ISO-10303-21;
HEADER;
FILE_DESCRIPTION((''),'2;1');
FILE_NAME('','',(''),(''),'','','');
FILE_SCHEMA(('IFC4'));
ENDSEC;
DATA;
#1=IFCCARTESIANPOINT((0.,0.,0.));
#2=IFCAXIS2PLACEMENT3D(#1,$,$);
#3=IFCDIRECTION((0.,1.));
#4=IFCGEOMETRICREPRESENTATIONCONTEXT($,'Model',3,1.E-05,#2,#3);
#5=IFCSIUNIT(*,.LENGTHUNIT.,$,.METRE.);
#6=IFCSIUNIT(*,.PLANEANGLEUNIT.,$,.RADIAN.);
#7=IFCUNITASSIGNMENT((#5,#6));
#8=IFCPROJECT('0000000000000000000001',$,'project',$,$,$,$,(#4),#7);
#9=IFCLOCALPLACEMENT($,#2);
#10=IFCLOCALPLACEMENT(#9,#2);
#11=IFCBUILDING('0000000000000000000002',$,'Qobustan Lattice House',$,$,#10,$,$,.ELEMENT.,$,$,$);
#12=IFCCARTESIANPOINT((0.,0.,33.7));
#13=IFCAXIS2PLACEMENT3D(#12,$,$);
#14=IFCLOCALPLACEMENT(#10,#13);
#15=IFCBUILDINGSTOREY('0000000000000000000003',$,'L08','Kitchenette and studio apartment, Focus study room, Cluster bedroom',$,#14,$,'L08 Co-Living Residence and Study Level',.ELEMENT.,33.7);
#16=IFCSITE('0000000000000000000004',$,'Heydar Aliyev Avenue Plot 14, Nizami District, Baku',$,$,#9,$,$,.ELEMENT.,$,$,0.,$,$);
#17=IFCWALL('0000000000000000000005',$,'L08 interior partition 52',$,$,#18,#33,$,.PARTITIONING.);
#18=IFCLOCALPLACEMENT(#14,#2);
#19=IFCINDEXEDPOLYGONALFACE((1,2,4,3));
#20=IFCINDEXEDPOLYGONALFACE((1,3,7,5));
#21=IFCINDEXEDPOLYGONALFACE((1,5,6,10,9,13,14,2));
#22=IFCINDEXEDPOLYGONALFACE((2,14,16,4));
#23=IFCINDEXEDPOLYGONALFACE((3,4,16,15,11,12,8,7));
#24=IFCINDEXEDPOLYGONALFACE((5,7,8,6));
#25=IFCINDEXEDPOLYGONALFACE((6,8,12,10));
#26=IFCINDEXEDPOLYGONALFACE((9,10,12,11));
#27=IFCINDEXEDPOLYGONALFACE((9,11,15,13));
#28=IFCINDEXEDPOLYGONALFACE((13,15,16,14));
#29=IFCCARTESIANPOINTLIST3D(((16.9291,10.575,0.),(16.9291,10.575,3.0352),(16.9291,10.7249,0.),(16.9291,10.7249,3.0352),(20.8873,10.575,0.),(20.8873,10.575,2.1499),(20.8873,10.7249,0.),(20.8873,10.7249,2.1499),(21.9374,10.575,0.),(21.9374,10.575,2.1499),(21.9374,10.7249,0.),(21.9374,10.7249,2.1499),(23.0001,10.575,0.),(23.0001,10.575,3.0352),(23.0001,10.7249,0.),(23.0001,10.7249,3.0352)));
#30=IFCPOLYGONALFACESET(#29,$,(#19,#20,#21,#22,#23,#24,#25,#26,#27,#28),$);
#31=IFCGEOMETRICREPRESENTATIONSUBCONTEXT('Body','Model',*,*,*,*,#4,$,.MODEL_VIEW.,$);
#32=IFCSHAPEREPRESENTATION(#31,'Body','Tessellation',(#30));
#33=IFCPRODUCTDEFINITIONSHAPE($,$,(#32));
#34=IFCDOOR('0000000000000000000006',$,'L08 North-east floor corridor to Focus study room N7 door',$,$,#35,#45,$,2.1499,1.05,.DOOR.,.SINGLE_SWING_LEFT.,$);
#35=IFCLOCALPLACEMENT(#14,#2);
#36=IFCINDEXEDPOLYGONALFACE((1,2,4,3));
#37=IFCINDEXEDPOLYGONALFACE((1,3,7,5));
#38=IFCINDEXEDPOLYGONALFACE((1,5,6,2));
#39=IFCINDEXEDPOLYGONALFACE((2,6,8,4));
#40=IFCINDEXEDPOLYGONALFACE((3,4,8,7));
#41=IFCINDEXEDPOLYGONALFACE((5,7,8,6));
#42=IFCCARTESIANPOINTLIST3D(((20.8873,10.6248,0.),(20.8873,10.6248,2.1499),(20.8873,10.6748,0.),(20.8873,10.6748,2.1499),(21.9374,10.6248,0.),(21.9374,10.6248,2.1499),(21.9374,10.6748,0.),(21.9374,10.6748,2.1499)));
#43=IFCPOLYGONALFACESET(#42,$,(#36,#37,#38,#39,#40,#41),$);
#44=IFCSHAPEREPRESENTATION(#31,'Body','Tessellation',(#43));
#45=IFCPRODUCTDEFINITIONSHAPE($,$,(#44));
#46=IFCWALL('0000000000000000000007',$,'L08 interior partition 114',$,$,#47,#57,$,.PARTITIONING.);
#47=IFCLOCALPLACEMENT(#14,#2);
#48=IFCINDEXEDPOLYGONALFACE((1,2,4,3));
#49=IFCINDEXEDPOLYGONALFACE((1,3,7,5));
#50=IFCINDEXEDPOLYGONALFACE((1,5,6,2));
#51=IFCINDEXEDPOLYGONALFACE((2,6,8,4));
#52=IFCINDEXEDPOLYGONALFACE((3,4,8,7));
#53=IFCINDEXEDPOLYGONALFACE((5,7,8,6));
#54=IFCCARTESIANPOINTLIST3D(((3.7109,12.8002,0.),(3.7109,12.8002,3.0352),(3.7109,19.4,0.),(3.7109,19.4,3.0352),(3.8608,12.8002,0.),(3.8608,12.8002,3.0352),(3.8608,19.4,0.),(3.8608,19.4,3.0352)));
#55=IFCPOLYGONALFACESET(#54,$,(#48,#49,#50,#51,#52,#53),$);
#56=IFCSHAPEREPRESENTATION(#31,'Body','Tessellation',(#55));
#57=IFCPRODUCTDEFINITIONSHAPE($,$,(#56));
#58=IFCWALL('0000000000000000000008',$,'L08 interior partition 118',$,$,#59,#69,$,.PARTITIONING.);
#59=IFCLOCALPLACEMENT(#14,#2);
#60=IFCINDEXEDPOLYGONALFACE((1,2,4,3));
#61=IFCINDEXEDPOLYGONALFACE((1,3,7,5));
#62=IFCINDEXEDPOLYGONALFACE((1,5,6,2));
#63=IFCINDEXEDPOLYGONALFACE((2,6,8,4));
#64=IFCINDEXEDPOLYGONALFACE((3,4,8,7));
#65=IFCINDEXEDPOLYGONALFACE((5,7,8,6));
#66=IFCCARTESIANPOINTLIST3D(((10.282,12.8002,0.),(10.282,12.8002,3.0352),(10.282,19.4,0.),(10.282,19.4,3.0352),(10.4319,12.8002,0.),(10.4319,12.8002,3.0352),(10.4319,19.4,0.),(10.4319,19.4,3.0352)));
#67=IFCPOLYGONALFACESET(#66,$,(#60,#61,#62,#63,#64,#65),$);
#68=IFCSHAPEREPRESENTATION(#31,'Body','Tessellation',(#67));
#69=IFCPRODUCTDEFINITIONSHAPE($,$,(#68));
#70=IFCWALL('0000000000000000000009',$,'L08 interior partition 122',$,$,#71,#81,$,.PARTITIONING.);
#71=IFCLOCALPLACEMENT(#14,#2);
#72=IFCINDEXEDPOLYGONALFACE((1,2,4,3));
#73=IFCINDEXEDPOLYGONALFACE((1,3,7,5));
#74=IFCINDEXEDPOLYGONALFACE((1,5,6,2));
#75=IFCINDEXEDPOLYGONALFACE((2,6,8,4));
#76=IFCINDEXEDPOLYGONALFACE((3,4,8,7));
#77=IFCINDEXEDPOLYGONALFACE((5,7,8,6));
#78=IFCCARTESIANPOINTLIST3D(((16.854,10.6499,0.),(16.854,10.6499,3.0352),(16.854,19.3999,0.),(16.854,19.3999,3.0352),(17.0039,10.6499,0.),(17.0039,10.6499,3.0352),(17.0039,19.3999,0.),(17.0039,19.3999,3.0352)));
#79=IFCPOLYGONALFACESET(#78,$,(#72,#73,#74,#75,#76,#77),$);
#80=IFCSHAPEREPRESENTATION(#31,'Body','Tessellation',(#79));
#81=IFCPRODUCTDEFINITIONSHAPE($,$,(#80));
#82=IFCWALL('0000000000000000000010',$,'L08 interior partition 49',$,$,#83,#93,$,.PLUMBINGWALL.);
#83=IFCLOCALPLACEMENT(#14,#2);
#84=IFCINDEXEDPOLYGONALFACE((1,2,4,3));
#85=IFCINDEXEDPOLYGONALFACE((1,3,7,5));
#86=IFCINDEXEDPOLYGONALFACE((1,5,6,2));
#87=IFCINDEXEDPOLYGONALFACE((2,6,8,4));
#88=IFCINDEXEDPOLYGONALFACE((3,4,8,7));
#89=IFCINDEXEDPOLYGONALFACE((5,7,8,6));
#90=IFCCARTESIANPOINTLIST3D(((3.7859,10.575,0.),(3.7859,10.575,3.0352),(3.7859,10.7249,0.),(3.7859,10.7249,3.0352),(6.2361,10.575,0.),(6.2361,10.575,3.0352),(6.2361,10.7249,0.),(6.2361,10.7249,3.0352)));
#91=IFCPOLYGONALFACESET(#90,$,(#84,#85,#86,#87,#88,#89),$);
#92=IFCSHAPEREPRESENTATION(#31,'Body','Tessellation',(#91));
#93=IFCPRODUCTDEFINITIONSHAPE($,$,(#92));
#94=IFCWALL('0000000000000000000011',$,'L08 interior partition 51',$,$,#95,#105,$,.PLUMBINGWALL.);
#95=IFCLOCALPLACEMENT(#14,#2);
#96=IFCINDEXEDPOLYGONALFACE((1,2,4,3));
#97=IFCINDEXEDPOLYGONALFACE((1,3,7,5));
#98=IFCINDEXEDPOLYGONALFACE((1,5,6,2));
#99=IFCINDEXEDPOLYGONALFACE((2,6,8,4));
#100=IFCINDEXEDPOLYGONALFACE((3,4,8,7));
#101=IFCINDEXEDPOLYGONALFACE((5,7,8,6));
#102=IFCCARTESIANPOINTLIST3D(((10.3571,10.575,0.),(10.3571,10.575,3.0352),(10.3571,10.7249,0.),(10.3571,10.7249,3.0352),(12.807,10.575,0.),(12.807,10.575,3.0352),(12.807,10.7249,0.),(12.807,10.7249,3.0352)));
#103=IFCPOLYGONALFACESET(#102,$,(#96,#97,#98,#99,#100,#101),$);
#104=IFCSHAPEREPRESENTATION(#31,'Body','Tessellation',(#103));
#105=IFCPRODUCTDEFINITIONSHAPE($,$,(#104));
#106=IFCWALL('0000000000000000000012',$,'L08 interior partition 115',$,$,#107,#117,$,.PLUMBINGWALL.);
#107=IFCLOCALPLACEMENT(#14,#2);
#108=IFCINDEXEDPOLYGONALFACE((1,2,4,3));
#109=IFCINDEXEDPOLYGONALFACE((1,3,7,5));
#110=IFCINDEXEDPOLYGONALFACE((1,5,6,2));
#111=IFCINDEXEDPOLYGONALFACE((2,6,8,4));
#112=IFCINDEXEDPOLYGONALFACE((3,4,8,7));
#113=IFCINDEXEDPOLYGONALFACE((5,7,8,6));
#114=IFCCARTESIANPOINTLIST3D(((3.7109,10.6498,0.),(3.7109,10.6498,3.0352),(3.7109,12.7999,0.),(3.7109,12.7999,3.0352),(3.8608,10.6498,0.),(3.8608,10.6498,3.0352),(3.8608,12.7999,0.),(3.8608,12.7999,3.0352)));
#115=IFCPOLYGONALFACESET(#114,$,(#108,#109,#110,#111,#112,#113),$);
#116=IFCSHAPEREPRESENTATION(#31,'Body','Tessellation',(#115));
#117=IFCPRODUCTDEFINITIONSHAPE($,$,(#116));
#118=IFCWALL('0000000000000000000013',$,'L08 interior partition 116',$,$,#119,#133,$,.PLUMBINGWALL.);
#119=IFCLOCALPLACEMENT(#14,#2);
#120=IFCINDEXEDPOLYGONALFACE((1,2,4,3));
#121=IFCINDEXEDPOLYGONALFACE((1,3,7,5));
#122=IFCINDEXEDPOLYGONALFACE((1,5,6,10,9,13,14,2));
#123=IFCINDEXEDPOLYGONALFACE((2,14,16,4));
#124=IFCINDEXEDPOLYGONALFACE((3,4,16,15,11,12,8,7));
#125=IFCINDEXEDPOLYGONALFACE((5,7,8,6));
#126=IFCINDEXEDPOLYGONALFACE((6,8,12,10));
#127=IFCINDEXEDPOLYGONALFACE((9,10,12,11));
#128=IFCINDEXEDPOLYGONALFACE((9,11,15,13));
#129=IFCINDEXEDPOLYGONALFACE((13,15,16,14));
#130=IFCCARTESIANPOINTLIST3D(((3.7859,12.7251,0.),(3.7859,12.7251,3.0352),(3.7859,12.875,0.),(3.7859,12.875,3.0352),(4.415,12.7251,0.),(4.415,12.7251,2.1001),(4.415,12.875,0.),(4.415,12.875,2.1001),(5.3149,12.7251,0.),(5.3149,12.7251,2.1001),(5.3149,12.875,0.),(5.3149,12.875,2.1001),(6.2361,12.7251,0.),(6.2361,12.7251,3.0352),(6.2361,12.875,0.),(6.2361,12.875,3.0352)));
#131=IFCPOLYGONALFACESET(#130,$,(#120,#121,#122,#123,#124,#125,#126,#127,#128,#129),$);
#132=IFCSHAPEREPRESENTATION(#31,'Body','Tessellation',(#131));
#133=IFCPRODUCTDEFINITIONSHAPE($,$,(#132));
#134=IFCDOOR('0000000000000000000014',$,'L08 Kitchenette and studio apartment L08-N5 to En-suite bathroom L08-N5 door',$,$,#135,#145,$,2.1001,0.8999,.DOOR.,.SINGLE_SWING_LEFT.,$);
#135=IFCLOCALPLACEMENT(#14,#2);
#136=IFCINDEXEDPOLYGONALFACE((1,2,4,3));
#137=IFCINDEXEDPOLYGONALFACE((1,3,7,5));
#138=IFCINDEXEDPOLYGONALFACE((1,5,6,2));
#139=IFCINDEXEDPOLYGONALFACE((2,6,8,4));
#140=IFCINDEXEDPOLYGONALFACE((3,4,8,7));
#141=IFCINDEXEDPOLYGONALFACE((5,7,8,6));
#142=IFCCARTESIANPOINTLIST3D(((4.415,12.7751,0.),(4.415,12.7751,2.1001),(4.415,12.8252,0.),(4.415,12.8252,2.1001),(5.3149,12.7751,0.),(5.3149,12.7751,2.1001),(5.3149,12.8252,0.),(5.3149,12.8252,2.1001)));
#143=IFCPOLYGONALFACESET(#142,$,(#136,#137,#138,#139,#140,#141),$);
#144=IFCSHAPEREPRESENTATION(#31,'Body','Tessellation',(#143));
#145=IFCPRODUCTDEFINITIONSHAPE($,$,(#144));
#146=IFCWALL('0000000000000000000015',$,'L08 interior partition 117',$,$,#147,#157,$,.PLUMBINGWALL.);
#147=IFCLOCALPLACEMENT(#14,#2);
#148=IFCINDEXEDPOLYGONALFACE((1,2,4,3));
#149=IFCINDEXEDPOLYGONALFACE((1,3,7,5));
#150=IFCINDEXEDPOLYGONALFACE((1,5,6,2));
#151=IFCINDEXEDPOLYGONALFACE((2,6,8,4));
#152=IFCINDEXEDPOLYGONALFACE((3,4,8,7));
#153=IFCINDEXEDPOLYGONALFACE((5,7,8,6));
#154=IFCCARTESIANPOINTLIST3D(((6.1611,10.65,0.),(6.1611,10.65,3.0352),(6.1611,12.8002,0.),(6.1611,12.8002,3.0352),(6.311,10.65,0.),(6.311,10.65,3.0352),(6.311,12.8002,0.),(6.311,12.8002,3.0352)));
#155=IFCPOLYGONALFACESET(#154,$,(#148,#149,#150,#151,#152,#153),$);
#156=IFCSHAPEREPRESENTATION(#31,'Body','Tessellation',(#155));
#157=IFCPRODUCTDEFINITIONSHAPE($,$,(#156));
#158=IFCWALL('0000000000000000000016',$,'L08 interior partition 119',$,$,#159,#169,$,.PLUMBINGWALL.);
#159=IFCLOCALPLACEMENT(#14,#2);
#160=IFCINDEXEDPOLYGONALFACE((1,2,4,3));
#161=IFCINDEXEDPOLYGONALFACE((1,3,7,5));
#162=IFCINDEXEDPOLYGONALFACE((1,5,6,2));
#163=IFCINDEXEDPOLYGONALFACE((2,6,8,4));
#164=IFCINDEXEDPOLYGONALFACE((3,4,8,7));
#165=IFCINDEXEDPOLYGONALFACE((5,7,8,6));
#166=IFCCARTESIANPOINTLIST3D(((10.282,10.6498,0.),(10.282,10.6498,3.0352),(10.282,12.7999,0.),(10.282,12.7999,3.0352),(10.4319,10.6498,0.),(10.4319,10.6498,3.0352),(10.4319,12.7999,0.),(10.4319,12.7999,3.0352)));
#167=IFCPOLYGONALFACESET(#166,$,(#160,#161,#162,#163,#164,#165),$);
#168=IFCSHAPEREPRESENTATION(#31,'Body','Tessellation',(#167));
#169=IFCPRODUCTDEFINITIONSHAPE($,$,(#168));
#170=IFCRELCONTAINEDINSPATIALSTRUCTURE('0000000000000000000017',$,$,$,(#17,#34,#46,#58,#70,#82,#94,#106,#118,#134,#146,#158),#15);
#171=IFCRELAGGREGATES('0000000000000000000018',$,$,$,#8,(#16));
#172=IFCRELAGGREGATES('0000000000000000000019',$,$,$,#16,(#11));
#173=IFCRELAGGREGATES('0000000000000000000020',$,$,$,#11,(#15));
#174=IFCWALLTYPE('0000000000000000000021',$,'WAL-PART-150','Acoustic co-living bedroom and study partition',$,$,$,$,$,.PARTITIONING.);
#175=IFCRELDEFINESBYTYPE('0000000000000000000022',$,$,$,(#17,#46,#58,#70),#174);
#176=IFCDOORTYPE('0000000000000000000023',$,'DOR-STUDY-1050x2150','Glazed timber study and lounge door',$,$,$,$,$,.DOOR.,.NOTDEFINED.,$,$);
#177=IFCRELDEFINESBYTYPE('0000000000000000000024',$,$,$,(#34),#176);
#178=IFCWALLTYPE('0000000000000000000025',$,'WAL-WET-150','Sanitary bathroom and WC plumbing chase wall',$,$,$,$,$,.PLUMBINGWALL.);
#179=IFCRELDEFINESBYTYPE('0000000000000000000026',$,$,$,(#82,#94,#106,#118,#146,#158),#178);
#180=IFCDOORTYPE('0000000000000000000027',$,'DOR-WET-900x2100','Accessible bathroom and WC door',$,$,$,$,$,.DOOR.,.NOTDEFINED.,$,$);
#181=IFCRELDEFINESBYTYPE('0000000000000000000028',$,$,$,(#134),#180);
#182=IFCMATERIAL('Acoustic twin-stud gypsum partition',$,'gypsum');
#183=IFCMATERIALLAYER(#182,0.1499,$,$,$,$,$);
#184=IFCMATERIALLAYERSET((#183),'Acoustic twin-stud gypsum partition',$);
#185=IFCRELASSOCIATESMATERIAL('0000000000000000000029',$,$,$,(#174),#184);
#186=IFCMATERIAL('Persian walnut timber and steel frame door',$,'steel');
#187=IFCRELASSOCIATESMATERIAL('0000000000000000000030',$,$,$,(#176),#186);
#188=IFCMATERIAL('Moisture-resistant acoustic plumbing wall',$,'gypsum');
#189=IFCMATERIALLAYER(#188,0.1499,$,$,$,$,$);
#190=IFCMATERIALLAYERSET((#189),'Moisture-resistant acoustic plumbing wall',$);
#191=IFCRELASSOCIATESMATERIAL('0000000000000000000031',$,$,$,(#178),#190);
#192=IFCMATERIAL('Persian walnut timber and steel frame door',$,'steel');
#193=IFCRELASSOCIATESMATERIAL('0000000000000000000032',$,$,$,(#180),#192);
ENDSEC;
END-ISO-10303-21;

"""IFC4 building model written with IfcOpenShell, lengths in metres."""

from ifc_helpers import new_model, si_unit, direction, frame, frame_2d, origin, place, context, subcontext, project, spatial, rectangle, extrude, material, layer, layer_set, type_object, element, fill, save


model = new_model("IFC4")

# Units and contexts
model_context = context("Model", 3, precision=1e-05, world=origin(), true_north=direction((0.0, 1.0)))
body_context = subcontext(model_context, "Body", "Model", "MODEL_VIEW")
ifc_project = project(units=[si_unit("LENGTHUNIT", "METRE"), si_unit("PLANEANGLEUNIT", "RADIAN")], contexts=[model_context])

# Site, building, storey
site_placement = place(None, origin())
site = spatial("IfcSite", under=ifc_project, at=site_placement, Name="Heydar Aliyev Avenue Plot 14, Nizami District, Baku", CompositionType="ELEMENT", RefElevation=0.0)
building_placement = place(site_placement, origin())
building = spatial("IfcBuilding", under=site, at=building_placement, Name="Qobustan Lattice House", CompositionType="ELEMENT")
storey_placement = place(building_placement, frame((0.0, 0.0, 33.7)))
storey = spatial("IfcBuildingStorey", under=building, at=storey_placement, Name="L08", Description="Kitchenette and studio apartment, Focus study room, Cluster bedroom", LongName="L08 Co-Living Residence and Study Level", CompositionType="ELEMENT", Elevation=33.7)

# Wall, opening, door
ifc_material_1 = material(Name="Acoustic twin-stud gypsum partition", Category="gypsum")
ifc_layer_1 = layer(ifc_material_1, 0.1499)
ifc_layer_set_1 = layer_set([ifc_layer_1], Name="Acoustic twin-stud gypsum partition")
wall_type_1 = type_object("IfcWallType", Name="WAL-PART-150", Description="Acoustic co-living bedroom and study partition", PredefinedType="PARTITIONING", material=ifc_layer_set_1)
wall_1_placement = place(storey_placement, frame((16.929, 10.6499, 0.0), z_axis=(0.0, 0.0, 1.0), x_axis=(1.0, 0.0, 0.0)))
wall_1 = element("IfcWall", 1, at=wall_1_placement, inside=storey, type_object=wall_type_1, Name="L08 interior partition 52", PredefinedType="PARTITIONING", context=body_context, shape_type="SweptSolid", body=[
    extrude(rectangle(XDim=6.071, YDim=0.1499, at=frame_2d((3.0356, 0.0))), origin(), (0.0, 0.0, 1.0), 3.0352),
])
opening_1_placement = place(wall_1_placement, frame((3.9585, 0.0, 0.0)))
opening_1 = element("IfcOpeningElement", 2, at=opening_1_placement, cuts=wall_1, PredefinedType="OPENING", context=body_context, shape_type="SweptSolid", body=[
    extrude(rectangle(XDim=1.05, YDim=2.1499, at=frame_2d((0.5249, 1.075))), frame((0.0, 0.085, 0.0), z_axis=(0.0, -1.0, 0.0), x_axis=(1.0, 0.0, 0.0)), (0.0, 0.0, 1.0), 0.1699),
])
ifc_material_2 = material(Name="Persian walnut timber and steel frame door", Category="steel")
door_type_1 = type_object("IfcDoorType", Name="DOR-STUDY-1050x2150", Description="Glazed timber study and lounge door", OperationType="NOTDEFINED", PredefinedType="DOOR", material=ifc_material_2)
door_1_placement = place(opening_1_placement, origin())
door_1 = element("IfcDoor", 3, at=door_1_placement, inside=storey, type_object=door_type_1, Name="L08 North-east floor corridor to Focus study room N7 door", OperationType="SINGLE_SWING_LEFT", OverallHeight=2.1499, OverallWidth=1.05, PredefinedType="DOOR", context=body_context, shape_type="SweptSolid", body=[
    extrude(rectangle(XDim=1.05, YDim=2.1499, at=frame_2d((0.5249, 1.075))), frame((0.0, 0.0249, 0.0), z_axis=(0.0, -1.0, 0.0), x_axis=(1.0, 0.0, 0.0)), (0.0, 0.0, 1.0), 0.05),
])
fill(opening_1, door_1)

# Walls
for number, where, z_axis, x_axis, name in (
    (4, (3.7859, 19.3999, 0.0), (0.0, 0.0, 1.0), (0.0, -1.0, 0.0), "L08 interior partition 114"),
    (5, (10.3569, 19.3999, 0.0), (0.0, 0.0, 1.0), (0.0, -1.0, 0.0), "L08 interior partition 118"),
):
    element("IfcWall", number, at=place(storey_placement, frame(where, z_axis=z_axis, x_axis=x_axis)), inside=storey, type_object=wall_type_1, Name=name, PredefinedType="PARTITIONING", context=body_context, shape_type="SweptSolid", body=[
        extrude(rectangle(XDim=6.5999, YDim=0.1499, at=frame_2d((3.2998, 0.0))), origin(), (0.0, 0.0, 1.0), 3.0352),
    ])
wall_2_placement = place(storey_placement, frame((16.929, 19.3999, 0.0), z_axis=(0.0, 0.0, 1.0), x_axis=(0.0, -1.0, 0.0)))
element("IfcWall", 6, at=wall_2_placement, inside=storey, type_object=wall_type_1, Name="L08 interior partition 122", PredefinedType="PARTITIONING", context=body_context, shape_type="SweptSolid", body=[
    extrude(rectangle(XDim=8.75, YDim=0.1499, at=frame_2d((4.375, 0.0))), origin(), (0.0, 0.0, 1.0), 3.0352),
])
ifc_material_3 = material(Name="Moisture-resistant acoustic plumbing wall", Category="gypsum")
ifc_layer_2 = layer(ifc_material_3, 0.1499)
ifc_layer_set_2 = layer_set([ifc_layer_2], Name="Moisture-resistant acoustic plumbing wall")
wall_type_2 = type_object("IfcWallType", Name="WAL-WET-150", Description="Sanitary bathroom and WC plumbing chase wall", PredefinedType="PLUMBINGWALL", material=ifc_layer_set_2)
wall_3_placement = place(storey_placement, frame((3.7859, 10.6499, 0.0), z_axis=(0.0, 0.0, 1.0), x_axis=(1.0, 0.0, 0.0)))
element("IfcWall", 7, at=wall_3_placement, inside=storey, type_object=wall_type_2, Name="L08 interior partition 49", PredefinedType="PLUMBINGWALL", context=body_context, shape_type="SweptSolid", body=[
    extrude(rectangle(XDim=2.4502, YDim=0.1499, at=frame_2d((1.2251, 0.0))), origin(), (0.0, 0.0, 1.0), 3.0352),
])
wall_4_placement = place(storey_placement, frame((10.3569, 10.6499, 0.0), z_axis=(0.0, 0.0, 1.0), x_axis=(1.0, 0.0, 0.0)))
element("IfcWall", 8, at=wall_4_placement, inside=storey, type_object=wall_type_2, Name="L08 interior partition 51", PredefinedType="PLUMBINGWALL", context=body_context, shape_type="SweptSolid", body=[
    extrude(rectangle(XDim=2.45, YDim=0.1499, at=frame_2d((1.2251, 0.0))), origin(), (0.0, 0.0, 1.0), 3.0352),
])
wall_5_placement = place(storey_placement, frame((3.7859, 12.8, 0.0), z_axis=(0.0, 0.0, 1.0), x_axis=(0.0, -1.0, 0.0)))
element("IfcWall", 9, at=wall_5_placement, inside=storey, type_object=wall_type_2, Name="L08 interior partition 115", PredefinedType="PLUMBINGWALL", context=body_context, shape_type="SweptSolid", body=[
    extrude(rectangle(XDim=2.1501, YDim=0.1499, at=frame_2d((1.0752, 0.0))), origin(), (0.0, 0.0, 1.0), 3.0352),
])

# Wall, opening, door
wall_6_placement = place(storey_placement, frame((6.2361, 12.8, 0.0), z_axis=(0.0, 0.0, 1.0), x_axis=(-1.0, 0.0, 0.0)))
wall_6 = element("IfcWall", 10, at=wall_6_placement, inside=storey, type_object=wall_type_2, Name="L08 interior partition 116", PredefinedType="PLUMBINGWALL", context=body_context, shape_type="SweptSolid", body=[
    extrude(rectangle(XDim=2.4502, YDim=0.1499, at=frame_2d((1.2251, 0.0))), origin(), (0.0, 0.0, 1.0), 3.0352),
])
opening_2_placement = place(wall_6_placement, frame((0.9211, 0.0, 0.0)))
opening_2 = element("IfcOpeningElement", 11, at=opening_2_placement, cuts=wall_6, PredefinedType="OPENING", context=body_context, shape_type="SweptSolid", body=[
    extrude(rectangle(XDim=0.8999, YDim=2.1001, at=frame_2d((0.45, 1.05))), frame((0.0, 0.085, 0.0), z_axis=(0.0, -1.0, 0.0), x_axis=(1.0, 0.0, 0.0)), (0.0, 0.0, 1.0), 0.1699),
])
ifc_material_4 = material(Name="Persian walnut timber and steel frame door", Category="steel")
door_type_2 = type_object("IfcDoorType", Name="DOR-WET-900x2100", Description="Accessible bathroom and WC door", OperationType="NOTDEFINED", PredefinedType="DOOR", material=ifc_material_4)
door_2_placement = place(opening_2_placement, origin())
door_2 = element("IfcDoor", 12, at=door_2_placement, inside=storey, type_object=door_type_2, Name="L08 Kitchenette and studio apartment L08-N5 to En-suite bathroom L08-N5 door", OperationType="SINGLE_SWING_LEFT", OverallHeight=2.1001, OverallWidth=0.8999, PredefinedType="DOOR", context=body_context, shape_type="SweptSolid", body=[
    extrude(rectangle(XDim=0.8999, YDim=2.1001, at=frame_2d((0.45, 1.05))), frame((0.0, 0.0249, 0.0), z_axis=(0.0, -1.0, 0.0), x_axis=(1.0, 0.0, 0.0)), (0.0, 0.0, 1.0), 0.05),
])
fill(opening_2, door_2)

# Walls
for number, where, z_axis, x_axis, name in (
    (13, (6.2361, 10.6499, 0.0), (0.0, 0.0, 1.0), (0.0, 1.0, 0.0), "L08 interior partition 117"),
    (14, (10.3569, 12.8, 0.0), (0.0, 0.0, 1.0), (0.0, -1.0, 0.0), "L08 interior partition 119"),
):
    element("IfcWall", number, at=place(storey_placement, frame(where, z_axis=z_axis, x_axis=x_axis)), inside=storey, type_object=wall_type_2, Name=name, PredefinedType="PLUMBINGWALL", context=body_context, shape_type="SweptSolid", body=[
        extrude(rectangle(XDim=2.1501, YDim=0.1499, at=frame_2d((1.0752, 0.0))), origin(), (0.0, 0.0, 1.0), 3.0352),
    ])

save(model, "model.ifc")
